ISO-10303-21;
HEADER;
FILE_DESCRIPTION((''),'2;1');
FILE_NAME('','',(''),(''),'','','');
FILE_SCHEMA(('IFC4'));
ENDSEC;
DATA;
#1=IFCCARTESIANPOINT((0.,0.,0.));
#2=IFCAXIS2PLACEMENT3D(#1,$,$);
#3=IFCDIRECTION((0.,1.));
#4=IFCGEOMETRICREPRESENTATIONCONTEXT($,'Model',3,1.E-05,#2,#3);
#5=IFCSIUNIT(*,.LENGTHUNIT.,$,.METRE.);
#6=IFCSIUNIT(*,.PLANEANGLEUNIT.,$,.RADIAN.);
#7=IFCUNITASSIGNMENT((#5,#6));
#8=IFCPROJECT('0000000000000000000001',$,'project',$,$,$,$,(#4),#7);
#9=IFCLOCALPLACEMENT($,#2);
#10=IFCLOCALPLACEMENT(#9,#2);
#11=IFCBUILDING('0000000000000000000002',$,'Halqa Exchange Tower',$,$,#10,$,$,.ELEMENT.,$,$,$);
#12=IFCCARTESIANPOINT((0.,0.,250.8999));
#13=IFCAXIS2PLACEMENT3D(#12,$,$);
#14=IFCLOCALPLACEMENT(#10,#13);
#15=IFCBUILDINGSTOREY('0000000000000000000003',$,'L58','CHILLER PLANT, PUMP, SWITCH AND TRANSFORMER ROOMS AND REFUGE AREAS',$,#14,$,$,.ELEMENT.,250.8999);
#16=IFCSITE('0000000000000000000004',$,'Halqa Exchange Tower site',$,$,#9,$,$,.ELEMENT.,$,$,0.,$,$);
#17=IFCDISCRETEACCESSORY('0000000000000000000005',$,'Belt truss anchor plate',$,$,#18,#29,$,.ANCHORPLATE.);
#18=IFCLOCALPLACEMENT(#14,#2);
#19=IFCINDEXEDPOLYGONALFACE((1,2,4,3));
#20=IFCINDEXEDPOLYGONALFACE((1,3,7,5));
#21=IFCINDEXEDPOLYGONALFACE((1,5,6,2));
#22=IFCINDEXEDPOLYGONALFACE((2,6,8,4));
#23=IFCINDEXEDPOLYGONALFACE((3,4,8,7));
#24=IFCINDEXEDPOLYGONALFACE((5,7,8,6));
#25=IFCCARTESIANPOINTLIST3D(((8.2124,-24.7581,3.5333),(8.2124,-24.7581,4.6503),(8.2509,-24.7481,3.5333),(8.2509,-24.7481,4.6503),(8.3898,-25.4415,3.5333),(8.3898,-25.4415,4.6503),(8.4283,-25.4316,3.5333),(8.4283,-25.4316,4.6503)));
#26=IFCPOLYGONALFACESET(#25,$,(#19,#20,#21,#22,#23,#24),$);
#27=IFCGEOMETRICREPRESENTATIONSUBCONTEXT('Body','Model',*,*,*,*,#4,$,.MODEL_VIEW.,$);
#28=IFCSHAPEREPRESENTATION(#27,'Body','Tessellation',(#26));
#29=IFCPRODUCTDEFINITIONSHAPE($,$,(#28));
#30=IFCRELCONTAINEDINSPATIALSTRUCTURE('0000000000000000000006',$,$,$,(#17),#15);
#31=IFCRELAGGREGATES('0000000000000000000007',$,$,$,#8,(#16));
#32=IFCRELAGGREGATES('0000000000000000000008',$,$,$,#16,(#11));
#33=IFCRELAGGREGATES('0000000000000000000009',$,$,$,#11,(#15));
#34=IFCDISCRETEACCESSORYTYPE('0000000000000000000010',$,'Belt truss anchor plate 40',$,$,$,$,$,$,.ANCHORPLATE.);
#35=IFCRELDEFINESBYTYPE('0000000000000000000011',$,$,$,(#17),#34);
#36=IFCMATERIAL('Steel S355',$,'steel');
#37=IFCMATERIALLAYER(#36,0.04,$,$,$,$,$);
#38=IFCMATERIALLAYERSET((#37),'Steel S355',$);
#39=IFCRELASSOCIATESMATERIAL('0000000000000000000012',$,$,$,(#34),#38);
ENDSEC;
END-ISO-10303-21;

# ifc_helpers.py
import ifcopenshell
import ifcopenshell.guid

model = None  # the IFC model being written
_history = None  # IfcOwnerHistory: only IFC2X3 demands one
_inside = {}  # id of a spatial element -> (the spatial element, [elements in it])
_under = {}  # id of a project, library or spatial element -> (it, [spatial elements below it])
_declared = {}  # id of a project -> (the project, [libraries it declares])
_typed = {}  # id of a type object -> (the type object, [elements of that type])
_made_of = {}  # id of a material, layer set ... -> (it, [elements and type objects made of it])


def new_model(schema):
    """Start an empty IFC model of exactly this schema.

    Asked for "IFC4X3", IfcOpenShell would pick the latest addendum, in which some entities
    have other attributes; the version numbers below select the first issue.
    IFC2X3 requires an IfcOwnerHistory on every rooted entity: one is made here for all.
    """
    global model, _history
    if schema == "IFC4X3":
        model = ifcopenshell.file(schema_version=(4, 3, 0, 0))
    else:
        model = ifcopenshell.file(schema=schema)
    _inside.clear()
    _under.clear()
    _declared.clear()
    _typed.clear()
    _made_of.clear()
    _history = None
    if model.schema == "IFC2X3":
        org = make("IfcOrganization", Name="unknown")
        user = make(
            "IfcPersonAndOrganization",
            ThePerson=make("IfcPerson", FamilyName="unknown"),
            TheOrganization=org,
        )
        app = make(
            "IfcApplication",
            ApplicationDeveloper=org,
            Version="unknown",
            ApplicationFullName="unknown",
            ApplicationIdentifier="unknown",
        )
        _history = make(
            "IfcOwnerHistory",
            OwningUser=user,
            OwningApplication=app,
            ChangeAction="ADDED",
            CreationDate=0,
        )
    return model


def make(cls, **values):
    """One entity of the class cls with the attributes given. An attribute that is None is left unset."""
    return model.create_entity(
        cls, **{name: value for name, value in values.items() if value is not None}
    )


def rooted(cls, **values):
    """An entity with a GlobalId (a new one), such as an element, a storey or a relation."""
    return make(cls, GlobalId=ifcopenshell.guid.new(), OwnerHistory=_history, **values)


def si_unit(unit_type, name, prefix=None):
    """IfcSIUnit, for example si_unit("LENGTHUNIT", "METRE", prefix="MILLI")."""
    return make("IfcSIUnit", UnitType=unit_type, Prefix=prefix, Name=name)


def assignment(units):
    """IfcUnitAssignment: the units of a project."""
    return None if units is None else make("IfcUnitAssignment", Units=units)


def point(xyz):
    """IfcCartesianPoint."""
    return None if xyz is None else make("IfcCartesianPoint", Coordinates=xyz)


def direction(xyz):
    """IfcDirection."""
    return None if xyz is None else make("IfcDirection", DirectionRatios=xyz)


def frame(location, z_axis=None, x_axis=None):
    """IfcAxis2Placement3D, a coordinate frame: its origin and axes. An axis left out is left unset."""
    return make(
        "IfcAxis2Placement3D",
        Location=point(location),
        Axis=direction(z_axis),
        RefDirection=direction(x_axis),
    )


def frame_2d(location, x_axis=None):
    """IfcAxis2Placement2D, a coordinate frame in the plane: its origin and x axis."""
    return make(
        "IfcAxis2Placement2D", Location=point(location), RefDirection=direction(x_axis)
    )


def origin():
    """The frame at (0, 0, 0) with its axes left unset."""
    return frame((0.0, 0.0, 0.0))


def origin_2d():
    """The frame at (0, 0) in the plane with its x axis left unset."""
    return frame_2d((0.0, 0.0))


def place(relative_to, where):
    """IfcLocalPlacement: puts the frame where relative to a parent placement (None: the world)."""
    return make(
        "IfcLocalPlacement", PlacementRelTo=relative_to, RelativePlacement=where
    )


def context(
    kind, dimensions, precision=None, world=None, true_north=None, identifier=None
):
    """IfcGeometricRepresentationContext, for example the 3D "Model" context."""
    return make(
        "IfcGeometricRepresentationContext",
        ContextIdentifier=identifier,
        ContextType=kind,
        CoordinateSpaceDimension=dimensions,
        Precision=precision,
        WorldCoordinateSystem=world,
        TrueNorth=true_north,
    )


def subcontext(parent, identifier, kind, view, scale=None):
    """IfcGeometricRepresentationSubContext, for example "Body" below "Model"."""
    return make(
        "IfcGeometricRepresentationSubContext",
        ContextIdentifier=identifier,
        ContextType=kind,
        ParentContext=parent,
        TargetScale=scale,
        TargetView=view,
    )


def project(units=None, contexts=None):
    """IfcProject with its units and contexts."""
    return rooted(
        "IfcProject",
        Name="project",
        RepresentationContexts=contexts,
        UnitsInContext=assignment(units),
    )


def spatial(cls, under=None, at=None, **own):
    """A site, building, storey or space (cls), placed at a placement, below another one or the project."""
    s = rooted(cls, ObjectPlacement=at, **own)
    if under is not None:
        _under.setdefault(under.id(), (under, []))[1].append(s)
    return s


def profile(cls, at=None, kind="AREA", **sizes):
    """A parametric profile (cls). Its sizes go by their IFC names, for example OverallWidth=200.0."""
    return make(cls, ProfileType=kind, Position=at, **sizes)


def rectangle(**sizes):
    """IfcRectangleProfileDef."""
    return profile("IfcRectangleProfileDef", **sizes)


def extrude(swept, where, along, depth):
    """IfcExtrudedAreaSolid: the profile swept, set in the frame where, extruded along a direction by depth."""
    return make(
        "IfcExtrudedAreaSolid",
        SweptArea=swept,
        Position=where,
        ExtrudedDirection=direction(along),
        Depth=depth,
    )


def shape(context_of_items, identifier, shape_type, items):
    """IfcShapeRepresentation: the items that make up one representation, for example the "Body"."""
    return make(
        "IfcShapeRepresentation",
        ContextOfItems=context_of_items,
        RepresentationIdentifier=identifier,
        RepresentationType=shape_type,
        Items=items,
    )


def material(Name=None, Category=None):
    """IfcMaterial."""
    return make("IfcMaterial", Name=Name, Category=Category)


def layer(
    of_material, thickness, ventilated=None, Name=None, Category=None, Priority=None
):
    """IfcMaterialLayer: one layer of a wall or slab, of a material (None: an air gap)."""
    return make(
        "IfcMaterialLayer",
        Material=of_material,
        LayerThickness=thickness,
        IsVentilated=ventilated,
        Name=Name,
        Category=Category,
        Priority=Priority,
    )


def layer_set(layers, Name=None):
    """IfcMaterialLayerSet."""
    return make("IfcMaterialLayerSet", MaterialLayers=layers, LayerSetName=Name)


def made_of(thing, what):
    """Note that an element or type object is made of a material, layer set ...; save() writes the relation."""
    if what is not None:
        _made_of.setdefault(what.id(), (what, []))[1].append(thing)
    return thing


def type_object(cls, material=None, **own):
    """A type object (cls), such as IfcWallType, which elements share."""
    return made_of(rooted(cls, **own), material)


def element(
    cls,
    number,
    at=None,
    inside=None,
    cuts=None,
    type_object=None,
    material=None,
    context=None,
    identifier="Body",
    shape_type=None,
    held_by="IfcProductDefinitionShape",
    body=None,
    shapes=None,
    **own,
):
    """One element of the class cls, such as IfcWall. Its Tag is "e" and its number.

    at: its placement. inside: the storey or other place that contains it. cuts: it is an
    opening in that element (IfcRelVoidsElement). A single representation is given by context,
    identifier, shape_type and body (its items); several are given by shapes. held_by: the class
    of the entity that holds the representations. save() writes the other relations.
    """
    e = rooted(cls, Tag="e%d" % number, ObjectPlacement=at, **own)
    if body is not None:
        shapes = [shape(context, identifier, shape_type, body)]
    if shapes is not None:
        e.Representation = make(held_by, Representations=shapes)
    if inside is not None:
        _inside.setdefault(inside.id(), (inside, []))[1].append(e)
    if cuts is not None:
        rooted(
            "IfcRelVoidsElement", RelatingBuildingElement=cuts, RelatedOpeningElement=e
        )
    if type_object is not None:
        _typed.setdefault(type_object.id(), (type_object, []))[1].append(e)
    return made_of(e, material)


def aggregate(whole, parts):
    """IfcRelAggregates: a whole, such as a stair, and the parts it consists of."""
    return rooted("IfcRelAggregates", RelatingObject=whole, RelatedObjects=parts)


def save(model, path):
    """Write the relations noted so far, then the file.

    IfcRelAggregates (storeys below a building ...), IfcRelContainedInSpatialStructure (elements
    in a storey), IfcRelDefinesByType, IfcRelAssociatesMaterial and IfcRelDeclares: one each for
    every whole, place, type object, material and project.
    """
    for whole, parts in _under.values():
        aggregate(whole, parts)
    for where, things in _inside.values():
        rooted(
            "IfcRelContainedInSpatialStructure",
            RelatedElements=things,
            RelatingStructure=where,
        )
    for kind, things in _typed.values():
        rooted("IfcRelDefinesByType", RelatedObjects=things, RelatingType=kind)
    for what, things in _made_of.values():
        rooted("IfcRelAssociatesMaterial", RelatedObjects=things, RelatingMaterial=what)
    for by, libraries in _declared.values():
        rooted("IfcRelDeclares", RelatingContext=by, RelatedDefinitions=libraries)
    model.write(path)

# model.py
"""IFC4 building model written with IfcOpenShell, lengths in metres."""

from ifc_helpers import new_model, si_unit, direction, frame, origin, origin_2d, place, context, subcontext, project, spatial, rectangle, extrude, material, layer, layer_set, type_object, element, save


model = new_model("IFC4")

# Units and contexts
model_context = context("Model", 3, precision=1e-05, world=origin(), true_north=direction((0.0, 1.0)))
body_context = subcontext(model_context, "Body", "Model", "MODEL_VIEW")
ifc_project = project(units=[si_unit("LENGTHUNIT", "METRE"), si_unit("PLANEANGLEUNIT", "RADIAN")], contexts=[model_context])

# Site, building, storey
site_placement = place(None, origin())
site = spatial("IfcSite", under=ifc_project, at=site_placement, Name="Halqa Exchange Tower site", CompositionType="ELEMENT", RefElevation=0.0)
building_placement = place(site_placement, origin())
building = spatial("IfcBuilding", under=site, at=building_placement, Name="Halqa Exchange Tower", CompositionType="ELEMENT")
storey_placement = place(building_placement, frame((0.0, 0.0, 250.8999)))
storey = spatial("IfcBuildingStorey", under=building, at=storey_placement, Name="L58", Description="CHILLER PLANT, PUMP, SWITCH AND TRANSFORMER ROOMS AND REFUGE AREAS", CompositionType="ELEMENT", Elevation=250.8999)

# Shared definitions
ifc_material_1 = material(Name="Steel S355", Category="steel")

# Discrete accessory
ifc_layer = layer(ifc_material_1, 0.04)
ifc_layer_set = layer_set([ifc_layer], Name="Steel S355")
discrete_accessory_type = type_object("IfcDiscreteAccessoryType", Name="Belt truss anchor plate 40", PredefinedType="ANCHORPLATE", material=ifc_layer_set)
discrete_accessory_1_placement = place(storey_placement, frame((8.3396, -25.0898, 4.0918), z_axis=(-0.967942, -0.251175, 0.0), x_axis=(0.251175, -0.967942, 0.0)))
element("IfcDiscreteAccessory", 1, at=discrete_accessory_1_placement, inside=storey, type_object=discrete_accessory_type, Name="Belt truss anchor plate", PredefinedType="ANCHORPLATE", context=body_context, shape_type="SweptSolid", body=[
    extrude(rectangle(XDim=0.7061, YDim=1.1169, at=origin_2d()), origin(), (0.0, 0.0, 1.0), 0.0398),
])

save(model, "model.ifc")
